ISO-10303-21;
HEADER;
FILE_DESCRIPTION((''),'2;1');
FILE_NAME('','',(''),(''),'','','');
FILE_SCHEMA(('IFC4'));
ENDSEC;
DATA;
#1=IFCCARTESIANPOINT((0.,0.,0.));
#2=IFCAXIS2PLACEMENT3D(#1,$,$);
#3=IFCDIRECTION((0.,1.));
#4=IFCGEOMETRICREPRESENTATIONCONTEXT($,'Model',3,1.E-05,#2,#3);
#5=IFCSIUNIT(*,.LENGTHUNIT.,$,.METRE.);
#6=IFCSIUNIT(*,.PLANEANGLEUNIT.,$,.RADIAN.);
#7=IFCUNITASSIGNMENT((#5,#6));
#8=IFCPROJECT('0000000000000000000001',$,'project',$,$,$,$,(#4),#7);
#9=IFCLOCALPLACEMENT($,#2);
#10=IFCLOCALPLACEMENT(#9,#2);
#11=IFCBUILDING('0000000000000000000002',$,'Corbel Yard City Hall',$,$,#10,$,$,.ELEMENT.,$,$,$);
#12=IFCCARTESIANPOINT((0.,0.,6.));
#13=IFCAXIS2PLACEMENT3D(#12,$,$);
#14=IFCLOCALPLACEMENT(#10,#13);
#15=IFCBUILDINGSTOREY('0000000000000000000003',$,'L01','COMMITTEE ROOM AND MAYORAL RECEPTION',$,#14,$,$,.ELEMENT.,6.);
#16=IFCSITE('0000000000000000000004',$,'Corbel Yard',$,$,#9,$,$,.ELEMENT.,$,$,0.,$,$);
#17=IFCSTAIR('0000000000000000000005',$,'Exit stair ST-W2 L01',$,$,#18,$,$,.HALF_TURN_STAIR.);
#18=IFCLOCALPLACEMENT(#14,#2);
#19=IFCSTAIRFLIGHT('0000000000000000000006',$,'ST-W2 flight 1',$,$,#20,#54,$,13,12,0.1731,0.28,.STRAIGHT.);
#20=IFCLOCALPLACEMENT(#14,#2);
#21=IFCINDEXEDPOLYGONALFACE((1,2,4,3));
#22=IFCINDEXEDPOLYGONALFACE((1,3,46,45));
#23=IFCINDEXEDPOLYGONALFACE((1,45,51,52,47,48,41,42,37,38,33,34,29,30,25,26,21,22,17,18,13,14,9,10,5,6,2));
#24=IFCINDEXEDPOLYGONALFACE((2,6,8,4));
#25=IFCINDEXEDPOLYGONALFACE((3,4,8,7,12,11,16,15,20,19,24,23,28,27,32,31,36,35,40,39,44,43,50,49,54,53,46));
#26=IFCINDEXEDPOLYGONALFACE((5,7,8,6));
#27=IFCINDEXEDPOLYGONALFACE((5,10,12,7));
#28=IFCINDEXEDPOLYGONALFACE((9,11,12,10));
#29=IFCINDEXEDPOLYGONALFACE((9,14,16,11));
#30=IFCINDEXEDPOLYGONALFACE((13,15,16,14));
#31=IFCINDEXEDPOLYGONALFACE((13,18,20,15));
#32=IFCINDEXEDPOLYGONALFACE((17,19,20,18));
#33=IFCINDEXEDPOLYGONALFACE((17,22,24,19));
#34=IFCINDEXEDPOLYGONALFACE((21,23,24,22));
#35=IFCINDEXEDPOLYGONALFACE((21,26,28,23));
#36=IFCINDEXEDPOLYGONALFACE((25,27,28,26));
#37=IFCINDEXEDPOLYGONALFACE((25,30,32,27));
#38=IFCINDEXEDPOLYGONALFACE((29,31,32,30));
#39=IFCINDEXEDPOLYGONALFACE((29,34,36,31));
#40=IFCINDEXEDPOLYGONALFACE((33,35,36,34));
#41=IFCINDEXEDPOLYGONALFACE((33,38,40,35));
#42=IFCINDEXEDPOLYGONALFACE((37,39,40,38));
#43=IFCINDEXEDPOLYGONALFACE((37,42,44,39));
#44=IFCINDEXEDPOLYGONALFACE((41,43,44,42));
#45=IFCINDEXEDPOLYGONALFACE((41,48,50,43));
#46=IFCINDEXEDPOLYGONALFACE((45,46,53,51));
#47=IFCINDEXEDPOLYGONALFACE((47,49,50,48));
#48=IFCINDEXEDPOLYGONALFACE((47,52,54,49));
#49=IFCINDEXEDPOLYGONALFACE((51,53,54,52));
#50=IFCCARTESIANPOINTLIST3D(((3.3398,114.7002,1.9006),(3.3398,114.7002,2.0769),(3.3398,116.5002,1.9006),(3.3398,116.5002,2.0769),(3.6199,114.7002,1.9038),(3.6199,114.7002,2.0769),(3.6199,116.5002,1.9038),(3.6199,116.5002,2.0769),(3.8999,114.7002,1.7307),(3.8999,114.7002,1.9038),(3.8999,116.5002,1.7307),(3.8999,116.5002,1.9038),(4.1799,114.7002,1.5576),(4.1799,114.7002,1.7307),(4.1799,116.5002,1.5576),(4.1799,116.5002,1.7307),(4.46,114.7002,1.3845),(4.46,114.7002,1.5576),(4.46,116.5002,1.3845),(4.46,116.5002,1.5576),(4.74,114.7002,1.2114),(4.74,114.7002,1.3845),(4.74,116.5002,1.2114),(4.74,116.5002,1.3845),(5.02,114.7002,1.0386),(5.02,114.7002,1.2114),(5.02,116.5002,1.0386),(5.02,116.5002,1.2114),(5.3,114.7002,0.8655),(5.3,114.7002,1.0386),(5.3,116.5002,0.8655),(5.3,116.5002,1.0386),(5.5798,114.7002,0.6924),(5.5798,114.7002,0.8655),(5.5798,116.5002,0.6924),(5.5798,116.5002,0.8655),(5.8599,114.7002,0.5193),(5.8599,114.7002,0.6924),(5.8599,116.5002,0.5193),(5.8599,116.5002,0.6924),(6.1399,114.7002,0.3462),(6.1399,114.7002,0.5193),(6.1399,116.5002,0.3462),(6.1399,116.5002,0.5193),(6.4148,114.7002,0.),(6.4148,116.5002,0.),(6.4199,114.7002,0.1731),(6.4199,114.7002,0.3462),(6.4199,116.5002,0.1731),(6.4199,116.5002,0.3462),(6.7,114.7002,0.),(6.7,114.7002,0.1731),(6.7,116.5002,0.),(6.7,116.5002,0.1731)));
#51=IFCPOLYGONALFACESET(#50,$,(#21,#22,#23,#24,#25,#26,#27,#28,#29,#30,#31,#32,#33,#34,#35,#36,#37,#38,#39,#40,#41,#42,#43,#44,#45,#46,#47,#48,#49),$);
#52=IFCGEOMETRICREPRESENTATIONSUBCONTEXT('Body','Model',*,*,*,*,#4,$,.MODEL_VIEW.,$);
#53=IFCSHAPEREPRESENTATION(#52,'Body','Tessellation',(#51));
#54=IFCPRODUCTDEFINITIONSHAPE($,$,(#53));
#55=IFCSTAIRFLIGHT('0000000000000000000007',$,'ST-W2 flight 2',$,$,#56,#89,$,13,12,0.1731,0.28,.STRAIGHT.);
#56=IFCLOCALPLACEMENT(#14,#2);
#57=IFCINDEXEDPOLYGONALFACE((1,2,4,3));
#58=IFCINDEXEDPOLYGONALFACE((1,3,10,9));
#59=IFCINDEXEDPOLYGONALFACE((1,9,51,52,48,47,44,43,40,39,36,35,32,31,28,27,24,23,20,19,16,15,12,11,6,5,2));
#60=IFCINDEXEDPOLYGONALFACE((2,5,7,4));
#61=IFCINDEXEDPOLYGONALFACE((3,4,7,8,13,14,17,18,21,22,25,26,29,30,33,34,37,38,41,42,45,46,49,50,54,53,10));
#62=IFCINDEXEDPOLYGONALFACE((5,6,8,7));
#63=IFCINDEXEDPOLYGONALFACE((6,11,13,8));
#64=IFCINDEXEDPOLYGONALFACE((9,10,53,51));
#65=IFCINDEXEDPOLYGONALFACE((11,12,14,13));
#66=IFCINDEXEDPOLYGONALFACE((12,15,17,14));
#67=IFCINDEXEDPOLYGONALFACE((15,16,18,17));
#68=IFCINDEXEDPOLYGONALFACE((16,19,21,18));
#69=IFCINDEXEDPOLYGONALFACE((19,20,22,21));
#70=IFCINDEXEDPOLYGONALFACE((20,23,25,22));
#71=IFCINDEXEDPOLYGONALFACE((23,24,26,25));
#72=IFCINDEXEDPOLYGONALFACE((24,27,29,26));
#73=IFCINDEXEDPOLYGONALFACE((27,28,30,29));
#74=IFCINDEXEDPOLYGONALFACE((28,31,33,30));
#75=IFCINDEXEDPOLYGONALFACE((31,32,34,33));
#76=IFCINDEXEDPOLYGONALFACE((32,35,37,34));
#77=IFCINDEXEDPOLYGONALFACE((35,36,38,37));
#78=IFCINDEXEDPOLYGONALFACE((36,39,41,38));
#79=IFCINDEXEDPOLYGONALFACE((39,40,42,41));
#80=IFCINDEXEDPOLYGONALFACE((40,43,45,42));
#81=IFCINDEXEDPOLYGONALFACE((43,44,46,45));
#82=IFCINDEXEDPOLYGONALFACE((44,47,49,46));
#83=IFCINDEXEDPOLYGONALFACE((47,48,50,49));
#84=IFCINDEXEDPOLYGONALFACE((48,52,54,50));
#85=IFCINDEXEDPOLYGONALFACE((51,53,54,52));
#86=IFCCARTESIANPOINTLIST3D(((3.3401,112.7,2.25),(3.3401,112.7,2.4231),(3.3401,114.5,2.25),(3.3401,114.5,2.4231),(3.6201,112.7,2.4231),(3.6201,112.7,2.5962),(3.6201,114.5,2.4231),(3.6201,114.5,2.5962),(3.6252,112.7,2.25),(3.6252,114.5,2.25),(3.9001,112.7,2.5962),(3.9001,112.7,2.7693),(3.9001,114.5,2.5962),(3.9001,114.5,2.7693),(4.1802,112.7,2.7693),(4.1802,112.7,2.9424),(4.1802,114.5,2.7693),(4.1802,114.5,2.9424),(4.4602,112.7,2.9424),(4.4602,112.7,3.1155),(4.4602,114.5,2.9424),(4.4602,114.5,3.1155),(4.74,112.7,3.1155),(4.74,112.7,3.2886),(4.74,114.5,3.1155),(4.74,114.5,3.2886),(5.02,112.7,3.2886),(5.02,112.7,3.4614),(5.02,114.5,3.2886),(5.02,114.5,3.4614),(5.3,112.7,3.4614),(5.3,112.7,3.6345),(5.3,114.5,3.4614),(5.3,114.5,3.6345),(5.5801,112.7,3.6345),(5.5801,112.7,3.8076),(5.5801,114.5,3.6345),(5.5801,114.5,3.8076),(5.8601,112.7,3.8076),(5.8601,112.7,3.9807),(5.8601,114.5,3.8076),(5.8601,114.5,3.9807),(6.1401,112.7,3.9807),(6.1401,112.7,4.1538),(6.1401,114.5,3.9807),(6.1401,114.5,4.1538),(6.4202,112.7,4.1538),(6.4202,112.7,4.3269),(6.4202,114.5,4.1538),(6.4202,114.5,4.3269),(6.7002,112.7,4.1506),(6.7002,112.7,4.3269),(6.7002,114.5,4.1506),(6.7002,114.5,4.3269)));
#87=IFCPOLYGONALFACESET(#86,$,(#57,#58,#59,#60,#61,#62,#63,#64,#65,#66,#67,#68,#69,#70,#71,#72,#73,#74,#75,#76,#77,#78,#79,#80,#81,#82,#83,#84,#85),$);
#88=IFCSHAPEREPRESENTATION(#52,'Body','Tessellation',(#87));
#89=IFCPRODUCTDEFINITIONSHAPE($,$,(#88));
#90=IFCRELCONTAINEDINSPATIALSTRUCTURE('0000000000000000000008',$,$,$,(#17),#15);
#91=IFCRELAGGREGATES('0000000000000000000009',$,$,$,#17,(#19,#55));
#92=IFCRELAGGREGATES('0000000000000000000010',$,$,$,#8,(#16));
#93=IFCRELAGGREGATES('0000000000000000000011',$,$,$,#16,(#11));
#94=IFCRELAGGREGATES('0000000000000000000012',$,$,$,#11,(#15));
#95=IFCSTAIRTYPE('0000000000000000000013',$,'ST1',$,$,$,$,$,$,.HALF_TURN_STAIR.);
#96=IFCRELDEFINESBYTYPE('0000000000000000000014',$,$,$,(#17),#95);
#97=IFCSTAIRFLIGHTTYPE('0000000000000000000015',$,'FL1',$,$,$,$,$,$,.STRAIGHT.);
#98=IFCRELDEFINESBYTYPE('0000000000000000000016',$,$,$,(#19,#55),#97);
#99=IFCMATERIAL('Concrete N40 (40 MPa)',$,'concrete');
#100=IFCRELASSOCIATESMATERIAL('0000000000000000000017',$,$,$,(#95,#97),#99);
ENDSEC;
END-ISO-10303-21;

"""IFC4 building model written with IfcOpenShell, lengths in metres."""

from ifc_helpers import new_model, si_unit, direction, frame, origin, place, context, subcontext, project, spatial, polyline, outline, extrude, material, type_object, element, aggregate, save


model = new_model("IFC4")

# Units and contexts
model_context = context("Model", 3, precision=1e-05, world=origin(), true_north=direction((0.0, 1.0)))
body_context = subcontext(model_context, "Body", "Model", "MODEL_VIEW")
ifc_project = project(units=[si_unit("LENGTHUNIT", "METRE"), si_unit("PLANEANGLEUNIT", "RADIAN")], contexts=[model_context])

# Site, building, storey
site_placement = place(None, origin())
site = spatial("IfcSite", under=ifc_project, at=site_placement, Name="Corbel Yard", CompositionType="ELEMENT", RefElevation=0.0)
building_placement = place(site_placement, origin())
building = spatial("IfcBuilding", under=site, at=building_placement, Name="Corbel Yard City Hall", CompositionType="ELEMENT")
storey_placement = place(building_placement, frame((0.0, 0.0, 6.0)))
storey = spatial("IfcBuildingStorey", under=building, at=storey_placement, Name="L01", Description="COMMITTEE ROOM AND MAYORAL RECEPTION", CompositionType="ELEMENT", Elevation=6.0)

# Shared definitions
ifc_material_1 = material(Name="Concrete N40 (40 MPa)", Category="concrete")

# Stair, stair flights
stair_type = type_object("IfcStairType", Name="ST1", PredefinedType="HALF_TURN_STAIR", material=ifc_material_1)
stair_placement = place(storey_placement, origin())
stair = element("IfcStair", 1, at=stair_placement, inside=storey, type_object=stair_type, Name="Exit stair ST-W2 L01", PredefinedType="HALF_TURN_STAIR")
stair_flight_type = type_object("IfcStairFlightType", Name="FL1", PredefinedType="STRAIGHT", material=ifc_material_1)
stair_flight_1_placement = place(storey_placement, frame((6.7, 115.6001, 0.0), z_axis=(0.0, 0.0, 1.0), x_axis=(-1.0, 0.0, 0.0)))
stair_flight_1 = element("IfcStairFlight", 2, at=stair_flight_1_placement, type_object=stair_flight_type, Name="ST-W2 flight 1", NumberOfRisers=13, NumberOfTreads=12, PredefinedType="STRAIGHT", RiserHeight=0.1731, TreadLength=0.28, context=body_context, shape_type="SweptSolid", body=[
    extrude(outline(polyline([(0.0, 0.0), (0.0, 0.1731), (0.28, 0.1731), (0.28, 0.3462), (0.5601, 0.3462), (0.5601, 0.5193), (0.8401, 0.5193), (0.8401, 0.6924), (1.1201, 0.6924), (1.1201, 0.8655), (1.3999, 0.8655), (1.3999, 1.0386), (1.6799, 1.0386), (1.6799, 1.2114), (1.96, 1.2114), (1.96, 1.3845), (2.24, 1.3845), (2.24, 1.5576), (2.52, 1.5576), (2.52, 1.7307), (2.8, 1.7307), (2.8, 1.9038), (3.0801, 1.9038), (3.0801, 2.0769), (3.3601, 2.0769), (3.3601, 2.25), (3.3601, 1.9006), (0.2852, 0.0), (0.0, 0.0)])), frame((0.0, 0.8999, 0.0), z_axis=(0.0, -1.0, 0.0), x_axis=(1.0, 0.0, 0.0)), (0.0, 0.0, 1.0), 1.8),
])
stair_flight_2_placement = place(storey_placement, frame((3.3401, 113.6001, 2.25), z_axis=(0.0, 0.0, 1.0), x_axis=(1.0, 0.0, 0.0)))
stair_flight_2 = element("IfcStairFlight", 3, at=stair_flight_2_placement, type_object=stair_flight_type, Name="ST-W2 flight 2", NumberOfRisers=13, NumberOfTreads=12, PredefinedType="STRAIGHT", RiserHeight=0.1731, TreadLength=0.28, context=body_context, shape_type="SweptSolid", body=[
    extrude(outline(polyline([(0.0, 0.0), (0.0, 0.1731), (0.28, 0.1731), (0.28, 0.3462), (0.5601, 0.3462), (0.5601, 0.5193), (0.8401, 0.5193), (0.8401, 0.6924), (1.1201, 0.6924), (1.1201, 0.8655), (1.3999, 0.8655), (1.3999, 1.0386), (1.6799, 1.0386), (1.6799, 1.2114), (1.96, 1.2114), (1.96, 1.3845), (2.24, 1.3845), (2.24, 1.5576), (2.52, 1.5576), (2.52, 1.7307), (2.8, 1.7307), (2.8, 1.9038), (3.0801, 1.9038), (3.0801, 2.0769), (3.3601, 2.0769), (3.3601, 2.25), (3.3601, 1.9006), (0.2852, 0.0), (0.0, 0.0)])), frame((0.0, 0.8999, 0.0), z_axis=(0.0, -1.0, 0.0), x_axis=(1.0, 0.0, 0.0)), (0.0, 0.0, 1.0), 1.8),
])
aggregate(stair, [stair_flight_1, stair_flight_2])

save(model, "model.ifc")
